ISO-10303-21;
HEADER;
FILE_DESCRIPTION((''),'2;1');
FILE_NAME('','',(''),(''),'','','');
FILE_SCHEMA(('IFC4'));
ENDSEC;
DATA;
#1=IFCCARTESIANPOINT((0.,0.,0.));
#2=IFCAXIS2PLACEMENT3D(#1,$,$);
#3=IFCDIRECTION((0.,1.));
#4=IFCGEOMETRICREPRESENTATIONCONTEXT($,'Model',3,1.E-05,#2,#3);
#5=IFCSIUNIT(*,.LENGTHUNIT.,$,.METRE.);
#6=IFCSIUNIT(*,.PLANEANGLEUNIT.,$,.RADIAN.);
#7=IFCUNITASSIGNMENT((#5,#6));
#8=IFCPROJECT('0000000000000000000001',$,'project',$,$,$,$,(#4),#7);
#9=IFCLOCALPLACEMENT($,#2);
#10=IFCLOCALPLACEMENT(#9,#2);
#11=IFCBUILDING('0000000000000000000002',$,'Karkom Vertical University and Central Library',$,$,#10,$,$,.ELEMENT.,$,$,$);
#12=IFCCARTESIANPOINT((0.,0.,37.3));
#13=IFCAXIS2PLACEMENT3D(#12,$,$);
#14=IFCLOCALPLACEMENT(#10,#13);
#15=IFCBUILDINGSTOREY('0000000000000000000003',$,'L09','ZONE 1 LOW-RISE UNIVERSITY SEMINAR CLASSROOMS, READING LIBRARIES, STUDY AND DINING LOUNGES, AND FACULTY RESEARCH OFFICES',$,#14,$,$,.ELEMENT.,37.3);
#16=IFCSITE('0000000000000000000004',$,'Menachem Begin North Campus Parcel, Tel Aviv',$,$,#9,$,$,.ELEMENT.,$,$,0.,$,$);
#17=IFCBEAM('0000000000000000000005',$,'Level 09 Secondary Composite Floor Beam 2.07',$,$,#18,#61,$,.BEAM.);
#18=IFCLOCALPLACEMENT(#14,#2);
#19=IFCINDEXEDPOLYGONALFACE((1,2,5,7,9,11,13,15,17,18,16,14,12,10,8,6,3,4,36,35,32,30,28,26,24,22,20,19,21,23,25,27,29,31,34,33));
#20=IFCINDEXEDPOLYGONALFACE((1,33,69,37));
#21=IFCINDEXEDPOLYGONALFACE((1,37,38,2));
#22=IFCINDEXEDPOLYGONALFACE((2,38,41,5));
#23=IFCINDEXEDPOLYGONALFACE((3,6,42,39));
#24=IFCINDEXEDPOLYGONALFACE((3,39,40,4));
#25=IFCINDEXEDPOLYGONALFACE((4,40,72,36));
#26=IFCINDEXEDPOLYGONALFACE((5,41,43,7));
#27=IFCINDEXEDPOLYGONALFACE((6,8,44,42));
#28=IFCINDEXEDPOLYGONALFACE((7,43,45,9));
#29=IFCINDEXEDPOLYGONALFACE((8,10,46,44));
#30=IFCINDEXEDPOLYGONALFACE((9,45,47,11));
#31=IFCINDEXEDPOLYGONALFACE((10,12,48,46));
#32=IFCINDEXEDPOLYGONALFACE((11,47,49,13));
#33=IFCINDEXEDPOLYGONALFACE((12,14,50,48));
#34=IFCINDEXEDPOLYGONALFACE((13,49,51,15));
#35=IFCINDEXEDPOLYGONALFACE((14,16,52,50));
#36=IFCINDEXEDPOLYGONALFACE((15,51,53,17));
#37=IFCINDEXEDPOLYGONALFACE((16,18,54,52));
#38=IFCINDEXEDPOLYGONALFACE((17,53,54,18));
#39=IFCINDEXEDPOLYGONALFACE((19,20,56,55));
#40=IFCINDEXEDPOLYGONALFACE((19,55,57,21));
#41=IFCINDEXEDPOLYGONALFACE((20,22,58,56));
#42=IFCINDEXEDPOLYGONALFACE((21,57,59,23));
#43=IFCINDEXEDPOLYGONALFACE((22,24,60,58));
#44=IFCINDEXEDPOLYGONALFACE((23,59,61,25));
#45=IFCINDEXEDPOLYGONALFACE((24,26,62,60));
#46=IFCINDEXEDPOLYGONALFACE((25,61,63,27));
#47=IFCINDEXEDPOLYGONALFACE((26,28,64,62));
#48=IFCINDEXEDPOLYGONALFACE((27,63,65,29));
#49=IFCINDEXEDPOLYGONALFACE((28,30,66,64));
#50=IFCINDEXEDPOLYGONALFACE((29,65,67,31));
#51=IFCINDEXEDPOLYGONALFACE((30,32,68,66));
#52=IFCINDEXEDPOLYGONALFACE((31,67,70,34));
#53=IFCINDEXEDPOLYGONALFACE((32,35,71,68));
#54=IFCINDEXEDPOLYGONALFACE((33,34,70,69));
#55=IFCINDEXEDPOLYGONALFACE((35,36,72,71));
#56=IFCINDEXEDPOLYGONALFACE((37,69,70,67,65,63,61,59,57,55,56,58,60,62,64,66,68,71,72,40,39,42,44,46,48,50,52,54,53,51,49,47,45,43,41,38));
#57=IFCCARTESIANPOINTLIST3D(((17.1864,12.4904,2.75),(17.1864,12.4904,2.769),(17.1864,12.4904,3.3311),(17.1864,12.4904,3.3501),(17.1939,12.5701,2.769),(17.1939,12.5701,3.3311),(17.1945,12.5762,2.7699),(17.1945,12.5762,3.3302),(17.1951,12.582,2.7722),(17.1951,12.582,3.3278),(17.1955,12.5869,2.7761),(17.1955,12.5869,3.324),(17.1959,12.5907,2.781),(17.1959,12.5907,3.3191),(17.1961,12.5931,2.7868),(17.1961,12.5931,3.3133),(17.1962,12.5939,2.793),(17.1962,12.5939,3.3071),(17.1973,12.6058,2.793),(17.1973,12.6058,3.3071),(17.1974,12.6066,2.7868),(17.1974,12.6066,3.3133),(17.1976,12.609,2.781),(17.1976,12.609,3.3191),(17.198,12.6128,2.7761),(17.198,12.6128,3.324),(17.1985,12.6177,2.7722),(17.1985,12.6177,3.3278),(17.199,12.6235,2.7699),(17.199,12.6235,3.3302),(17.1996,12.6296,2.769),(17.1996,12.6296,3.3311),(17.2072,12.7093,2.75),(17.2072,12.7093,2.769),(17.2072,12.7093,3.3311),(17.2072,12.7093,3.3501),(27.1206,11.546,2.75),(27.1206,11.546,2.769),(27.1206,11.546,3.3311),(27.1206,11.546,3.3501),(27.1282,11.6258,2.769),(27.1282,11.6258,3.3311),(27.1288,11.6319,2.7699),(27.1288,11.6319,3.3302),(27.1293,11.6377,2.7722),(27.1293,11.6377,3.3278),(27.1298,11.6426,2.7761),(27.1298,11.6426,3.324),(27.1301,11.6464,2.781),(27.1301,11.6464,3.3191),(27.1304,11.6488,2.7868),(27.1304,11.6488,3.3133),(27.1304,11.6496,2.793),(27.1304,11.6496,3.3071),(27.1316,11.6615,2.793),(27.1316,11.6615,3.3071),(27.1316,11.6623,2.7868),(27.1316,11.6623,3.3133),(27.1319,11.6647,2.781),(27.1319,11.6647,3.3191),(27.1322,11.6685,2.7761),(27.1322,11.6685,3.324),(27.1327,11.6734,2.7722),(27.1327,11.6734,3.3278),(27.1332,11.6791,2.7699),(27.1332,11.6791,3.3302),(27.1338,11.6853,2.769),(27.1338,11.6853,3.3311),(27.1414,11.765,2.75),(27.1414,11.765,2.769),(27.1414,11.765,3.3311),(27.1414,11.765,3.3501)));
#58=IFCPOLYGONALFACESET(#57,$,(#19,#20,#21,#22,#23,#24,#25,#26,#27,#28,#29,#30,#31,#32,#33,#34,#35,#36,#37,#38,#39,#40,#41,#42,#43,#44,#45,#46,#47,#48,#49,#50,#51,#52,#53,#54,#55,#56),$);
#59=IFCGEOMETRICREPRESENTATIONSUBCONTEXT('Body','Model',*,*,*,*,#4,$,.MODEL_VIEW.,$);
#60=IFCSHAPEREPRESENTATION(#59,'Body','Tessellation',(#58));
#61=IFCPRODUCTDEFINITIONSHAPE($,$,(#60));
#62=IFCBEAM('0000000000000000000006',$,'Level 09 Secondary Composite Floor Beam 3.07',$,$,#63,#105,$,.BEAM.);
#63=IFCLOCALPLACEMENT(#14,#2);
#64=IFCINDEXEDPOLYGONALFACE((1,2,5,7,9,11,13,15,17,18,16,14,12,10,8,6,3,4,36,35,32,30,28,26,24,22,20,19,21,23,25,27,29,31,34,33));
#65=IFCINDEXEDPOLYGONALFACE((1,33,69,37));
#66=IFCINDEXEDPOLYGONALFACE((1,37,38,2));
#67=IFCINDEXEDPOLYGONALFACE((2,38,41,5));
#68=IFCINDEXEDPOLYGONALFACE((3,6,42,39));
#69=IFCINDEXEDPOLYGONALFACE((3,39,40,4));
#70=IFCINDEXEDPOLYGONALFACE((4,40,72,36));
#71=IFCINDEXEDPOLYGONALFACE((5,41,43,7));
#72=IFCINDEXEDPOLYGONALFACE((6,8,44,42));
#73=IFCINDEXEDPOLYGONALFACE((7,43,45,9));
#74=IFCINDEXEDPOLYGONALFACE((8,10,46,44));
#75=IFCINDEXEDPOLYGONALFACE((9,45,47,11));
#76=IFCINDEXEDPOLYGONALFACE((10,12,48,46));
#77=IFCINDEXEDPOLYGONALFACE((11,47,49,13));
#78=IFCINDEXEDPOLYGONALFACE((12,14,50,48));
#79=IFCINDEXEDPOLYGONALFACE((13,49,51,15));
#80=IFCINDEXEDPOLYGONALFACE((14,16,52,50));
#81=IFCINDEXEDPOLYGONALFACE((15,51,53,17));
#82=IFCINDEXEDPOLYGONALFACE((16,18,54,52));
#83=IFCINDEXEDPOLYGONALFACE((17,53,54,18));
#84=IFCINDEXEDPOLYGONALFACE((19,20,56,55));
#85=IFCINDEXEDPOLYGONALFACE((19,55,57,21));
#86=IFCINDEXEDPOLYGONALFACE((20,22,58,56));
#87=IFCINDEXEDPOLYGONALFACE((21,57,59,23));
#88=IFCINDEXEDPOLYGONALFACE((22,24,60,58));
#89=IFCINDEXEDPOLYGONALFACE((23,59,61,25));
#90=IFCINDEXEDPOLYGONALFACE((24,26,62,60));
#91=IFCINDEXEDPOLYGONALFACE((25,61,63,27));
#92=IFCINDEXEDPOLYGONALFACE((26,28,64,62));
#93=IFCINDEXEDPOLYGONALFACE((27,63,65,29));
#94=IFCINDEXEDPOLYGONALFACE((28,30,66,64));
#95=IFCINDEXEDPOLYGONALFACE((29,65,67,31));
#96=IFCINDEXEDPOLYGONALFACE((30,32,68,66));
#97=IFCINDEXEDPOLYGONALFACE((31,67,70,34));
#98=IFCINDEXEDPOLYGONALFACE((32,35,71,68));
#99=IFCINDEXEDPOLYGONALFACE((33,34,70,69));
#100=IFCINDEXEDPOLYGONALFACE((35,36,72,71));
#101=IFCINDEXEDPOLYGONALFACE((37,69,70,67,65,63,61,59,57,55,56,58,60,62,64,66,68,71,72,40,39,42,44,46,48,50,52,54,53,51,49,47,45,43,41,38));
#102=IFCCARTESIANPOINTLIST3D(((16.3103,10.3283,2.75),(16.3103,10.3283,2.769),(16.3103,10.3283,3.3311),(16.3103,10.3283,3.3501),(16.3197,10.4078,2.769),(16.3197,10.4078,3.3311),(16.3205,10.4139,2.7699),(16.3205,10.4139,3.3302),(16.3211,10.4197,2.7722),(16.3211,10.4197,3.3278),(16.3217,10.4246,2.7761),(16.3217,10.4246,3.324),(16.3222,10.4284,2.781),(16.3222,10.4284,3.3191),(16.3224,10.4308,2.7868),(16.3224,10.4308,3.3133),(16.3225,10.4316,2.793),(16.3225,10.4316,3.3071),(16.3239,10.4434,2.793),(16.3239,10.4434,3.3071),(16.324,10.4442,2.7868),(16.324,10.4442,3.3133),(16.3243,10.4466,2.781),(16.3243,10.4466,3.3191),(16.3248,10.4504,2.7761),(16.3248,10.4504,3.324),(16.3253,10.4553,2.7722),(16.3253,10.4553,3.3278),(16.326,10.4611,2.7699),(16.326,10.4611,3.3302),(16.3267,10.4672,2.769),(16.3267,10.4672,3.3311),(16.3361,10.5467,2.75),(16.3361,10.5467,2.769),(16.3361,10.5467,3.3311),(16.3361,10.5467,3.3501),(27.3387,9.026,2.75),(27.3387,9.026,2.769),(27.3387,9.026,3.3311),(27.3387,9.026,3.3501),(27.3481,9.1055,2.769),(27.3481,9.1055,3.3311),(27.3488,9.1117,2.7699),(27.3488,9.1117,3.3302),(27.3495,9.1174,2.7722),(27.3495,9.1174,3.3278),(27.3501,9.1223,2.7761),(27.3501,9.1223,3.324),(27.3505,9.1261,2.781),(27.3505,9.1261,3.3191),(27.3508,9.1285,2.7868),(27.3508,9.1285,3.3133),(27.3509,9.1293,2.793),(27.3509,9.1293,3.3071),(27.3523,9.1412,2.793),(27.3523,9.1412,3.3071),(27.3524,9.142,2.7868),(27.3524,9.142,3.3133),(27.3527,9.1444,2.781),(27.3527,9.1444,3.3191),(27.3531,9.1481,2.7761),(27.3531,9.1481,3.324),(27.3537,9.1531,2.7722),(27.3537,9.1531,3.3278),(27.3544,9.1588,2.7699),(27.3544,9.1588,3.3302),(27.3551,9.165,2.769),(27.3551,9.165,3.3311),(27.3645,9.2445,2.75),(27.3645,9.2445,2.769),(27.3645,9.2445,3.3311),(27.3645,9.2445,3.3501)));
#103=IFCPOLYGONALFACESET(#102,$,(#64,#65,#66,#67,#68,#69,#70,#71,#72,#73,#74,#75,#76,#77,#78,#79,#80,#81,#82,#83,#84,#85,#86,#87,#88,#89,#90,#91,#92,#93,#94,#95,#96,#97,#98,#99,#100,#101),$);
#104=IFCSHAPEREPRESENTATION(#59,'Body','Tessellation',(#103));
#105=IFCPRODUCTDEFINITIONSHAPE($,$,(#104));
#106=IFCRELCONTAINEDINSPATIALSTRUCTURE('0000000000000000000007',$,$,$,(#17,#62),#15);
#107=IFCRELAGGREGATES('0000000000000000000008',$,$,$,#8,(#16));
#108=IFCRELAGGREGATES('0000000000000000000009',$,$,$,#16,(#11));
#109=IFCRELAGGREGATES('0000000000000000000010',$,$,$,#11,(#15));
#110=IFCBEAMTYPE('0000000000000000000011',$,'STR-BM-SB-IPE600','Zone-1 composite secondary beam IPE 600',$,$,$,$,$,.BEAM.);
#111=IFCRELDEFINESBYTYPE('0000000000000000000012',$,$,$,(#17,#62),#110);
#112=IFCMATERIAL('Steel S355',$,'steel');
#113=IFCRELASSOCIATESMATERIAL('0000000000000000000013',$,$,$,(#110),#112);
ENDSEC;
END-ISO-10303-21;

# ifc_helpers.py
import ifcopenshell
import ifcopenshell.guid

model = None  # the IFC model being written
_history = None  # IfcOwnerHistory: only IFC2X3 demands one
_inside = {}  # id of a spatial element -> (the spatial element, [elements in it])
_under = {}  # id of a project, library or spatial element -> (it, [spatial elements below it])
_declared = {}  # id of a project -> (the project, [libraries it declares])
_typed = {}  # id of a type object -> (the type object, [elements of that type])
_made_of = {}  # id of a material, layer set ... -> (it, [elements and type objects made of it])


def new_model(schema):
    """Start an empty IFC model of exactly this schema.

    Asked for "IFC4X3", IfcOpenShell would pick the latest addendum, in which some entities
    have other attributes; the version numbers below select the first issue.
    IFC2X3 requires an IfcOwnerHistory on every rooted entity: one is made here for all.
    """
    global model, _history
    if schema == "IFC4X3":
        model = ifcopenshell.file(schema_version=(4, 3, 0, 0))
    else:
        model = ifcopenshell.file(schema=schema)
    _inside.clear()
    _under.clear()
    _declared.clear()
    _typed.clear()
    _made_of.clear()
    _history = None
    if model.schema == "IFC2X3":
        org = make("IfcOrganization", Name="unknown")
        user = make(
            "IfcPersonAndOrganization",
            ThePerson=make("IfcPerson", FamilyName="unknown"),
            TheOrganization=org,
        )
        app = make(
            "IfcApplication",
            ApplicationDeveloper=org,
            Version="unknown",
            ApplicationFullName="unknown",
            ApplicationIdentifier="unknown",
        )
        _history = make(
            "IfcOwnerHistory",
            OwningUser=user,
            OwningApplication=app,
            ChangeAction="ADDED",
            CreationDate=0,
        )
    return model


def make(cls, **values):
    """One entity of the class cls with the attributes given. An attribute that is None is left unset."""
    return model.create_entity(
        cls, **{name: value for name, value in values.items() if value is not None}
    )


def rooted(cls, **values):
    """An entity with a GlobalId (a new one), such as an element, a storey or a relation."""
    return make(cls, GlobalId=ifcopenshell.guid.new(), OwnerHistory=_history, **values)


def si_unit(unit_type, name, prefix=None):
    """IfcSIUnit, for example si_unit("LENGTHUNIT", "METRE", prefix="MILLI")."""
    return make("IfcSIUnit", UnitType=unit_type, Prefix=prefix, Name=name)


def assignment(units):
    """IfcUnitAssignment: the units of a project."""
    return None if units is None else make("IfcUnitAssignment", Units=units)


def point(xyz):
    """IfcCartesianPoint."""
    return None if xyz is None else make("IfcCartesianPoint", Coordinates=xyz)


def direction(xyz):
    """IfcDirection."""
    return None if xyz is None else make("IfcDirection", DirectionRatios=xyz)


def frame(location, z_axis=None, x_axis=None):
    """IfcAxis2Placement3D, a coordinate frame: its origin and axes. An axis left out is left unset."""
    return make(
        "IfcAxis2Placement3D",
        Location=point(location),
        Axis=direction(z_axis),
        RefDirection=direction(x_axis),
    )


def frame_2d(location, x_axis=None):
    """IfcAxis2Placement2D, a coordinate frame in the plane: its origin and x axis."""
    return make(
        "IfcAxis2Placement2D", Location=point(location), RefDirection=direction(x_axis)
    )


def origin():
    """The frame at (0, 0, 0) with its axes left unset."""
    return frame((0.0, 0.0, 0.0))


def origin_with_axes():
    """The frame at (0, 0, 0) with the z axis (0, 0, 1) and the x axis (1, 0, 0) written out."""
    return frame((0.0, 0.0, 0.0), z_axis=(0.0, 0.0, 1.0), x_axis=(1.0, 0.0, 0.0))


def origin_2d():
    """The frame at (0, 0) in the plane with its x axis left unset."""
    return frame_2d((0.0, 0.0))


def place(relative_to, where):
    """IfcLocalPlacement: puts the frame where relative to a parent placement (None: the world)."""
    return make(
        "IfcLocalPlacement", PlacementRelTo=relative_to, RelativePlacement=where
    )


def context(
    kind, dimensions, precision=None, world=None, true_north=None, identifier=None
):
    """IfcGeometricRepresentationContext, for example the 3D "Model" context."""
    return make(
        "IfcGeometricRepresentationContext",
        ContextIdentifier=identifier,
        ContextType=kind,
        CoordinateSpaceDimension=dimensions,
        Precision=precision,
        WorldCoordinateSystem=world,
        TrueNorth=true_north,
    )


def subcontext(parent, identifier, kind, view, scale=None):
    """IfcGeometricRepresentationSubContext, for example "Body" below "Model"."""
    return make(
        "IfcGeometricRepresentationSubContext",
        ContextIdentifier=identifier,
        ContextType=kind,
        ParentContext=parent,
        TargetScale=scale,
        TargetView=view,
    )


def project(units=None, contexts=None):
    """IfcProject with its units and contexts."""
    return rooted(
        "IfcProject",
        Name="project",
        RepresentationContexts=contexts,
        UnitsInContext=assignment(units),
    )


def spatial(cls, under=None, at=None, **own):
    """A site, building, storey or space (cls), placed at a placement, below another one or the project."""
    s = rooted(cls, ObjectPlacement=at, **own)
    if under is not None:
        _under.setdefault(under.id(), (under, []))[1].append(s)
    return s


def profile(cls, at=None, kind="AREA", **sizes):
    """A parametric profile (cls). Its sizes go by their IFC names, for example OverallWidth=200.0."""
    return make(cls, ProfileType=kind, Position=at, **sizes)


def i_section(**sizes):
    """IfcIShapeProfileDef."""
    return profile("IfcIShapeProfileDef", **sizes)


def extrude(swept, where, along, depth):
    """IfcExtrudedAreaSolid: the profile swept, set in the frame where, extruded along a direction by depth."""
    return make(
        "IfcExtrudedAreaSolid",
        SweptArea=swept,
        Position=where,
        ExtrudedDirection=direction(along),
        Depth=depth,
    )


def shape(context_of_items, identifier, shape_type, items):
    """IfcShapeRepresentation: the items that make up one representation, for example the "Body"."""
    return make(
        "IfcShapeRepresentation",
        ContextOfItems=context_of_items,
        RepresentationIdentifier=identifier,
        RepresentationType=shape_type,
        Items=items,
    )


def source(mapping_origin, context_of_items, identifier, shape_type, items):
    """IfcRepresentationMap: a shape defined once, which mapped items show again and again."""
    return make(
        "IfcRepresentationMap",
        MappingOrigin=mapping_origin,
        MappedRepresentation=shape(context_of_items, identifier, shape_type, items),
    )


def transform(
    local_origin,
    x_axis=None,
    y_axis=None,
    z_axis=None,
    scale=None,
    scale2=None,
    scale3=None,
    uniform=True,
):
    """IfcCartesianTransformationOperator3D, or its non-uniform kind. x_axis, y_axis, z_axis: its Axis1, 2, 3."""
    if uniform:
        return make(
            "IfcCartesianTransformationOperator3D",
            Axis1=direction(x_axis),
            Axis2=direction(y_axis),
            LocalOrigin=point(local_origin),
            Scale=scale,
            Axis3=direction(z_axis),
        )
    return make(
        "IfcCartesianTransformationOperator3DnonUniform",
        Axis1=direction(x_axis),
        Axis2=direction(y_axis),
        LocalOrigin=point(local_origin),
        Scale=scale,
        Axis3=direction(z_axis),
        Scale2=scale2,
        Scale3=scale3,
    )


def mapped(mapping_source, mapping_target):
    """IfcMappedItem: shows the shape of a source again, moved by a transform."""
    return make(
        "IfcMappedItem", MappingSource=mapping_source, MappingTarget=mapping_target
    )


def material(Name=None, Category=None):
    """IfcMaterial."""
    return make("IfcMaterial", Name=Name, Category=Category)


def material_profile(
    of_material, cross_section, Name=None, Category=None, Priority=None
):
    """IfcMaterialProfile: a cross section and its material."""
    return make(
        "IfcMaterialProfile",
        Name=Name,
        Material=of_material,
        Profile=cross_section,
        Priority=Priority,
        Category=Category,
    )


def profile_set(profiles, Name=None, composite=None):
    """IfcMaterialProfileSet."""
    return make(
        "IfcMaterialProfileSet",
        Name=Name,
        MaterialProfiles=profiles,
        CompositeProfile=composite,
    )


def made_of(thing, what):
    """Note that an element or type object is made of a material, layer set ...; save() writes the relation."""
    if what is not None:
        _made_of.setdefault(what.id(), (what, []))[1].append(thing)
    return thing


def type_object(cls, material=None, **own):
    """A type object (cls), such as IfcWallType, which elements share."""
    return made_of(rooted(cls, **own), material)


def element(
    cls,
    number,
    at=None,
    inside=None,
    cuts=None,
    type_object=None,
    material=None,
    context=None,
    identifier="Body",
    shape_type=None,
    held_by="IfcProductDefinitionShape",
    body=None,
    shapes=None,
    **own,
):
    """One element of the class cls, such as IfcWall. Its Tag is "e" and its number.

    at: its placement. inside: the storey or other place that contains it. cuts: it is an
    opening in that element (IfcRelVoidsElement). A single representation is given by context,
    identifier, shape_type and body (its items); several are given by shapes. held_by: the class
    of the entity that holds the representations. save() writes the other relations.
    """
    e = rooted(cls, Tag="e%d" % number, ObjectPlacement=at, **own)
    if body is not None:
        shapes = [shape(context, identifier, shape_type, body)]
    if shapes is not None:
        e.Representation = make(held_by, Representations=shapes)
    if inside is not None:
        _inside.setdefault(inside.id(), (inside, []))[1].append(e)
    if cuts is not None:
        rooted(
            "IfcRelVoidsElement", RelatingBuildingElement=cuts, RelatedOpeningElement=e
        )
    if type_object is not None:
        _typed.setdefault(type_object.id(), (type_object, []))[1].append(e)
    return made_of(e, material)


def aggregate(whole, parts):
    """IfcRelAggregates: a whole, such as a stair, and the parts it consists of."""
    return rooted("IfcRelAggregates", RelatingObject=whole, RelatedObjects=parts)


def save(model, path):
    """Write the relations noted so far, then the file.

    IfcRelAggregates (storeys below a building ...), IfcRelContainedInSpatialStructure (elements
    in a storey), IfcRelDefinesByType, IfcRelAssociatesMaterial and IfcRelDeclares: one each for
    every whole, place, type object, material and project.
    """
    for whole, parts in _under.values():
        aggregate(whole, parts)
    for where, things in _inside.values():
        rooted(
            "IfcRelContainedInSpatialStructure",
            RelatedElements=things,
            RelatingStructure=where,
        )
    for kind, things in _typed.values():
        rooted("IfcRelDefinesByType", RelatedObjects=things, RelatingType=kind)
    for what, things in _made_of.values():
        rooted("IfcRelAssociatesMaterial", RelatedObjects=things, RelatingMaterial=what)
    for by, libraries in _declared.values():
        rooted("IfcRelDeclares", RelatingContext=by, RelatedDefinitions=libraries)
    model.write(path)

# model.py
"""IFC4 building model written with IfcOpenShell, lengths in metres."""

from ifc_helpers import new_model, si_unit, direction, frame, origin, origin_with_axes, origin_2d, place, context, subcontext, project, spatial, i_section, extrude, source, transform, mapped, material, material_profile, profile_set, type_object, element, save


model = new_model("IFC4")

# Units and contexts
model_context = context("Model", 3, precision=1e-05, world=origin(), true_north=direction((0.0, 1.0)))
body_context = subcontext(model_context, "Body", "Model", "MODEL_VIEW")
ifc_project = project(units=[si_unit("LENGTHUNIT", "METRE"), si_unit("PLANEANGLEUNIT", "RADIAN")], contexts=[model_context])

# Site, building, storey
site_placement = place(None, origin())
site = spatial("IfcSite", under=ifc_project, at=site_placement, Name="Menachem Begin North Campus Parcel, Tel Aviv", CompositionType="ELEMENT", RefElevation=0.0)
building_placement = place(site_placement, origin())
building = spatial("IfcBuilding", under=site, at=building_placement, Name="Karkom Vertical University and Central Library", CompositionType="ELEMENT")
storey_placement = place(building_placement, frame((0.0, 0.0, 37.3)))
storey = spatial("IfcBuildingStorey", under=building, at=storey_placement, Name="L09", Description="ZONE 1 LOW-RISE UNIVERSITY SEMINAR CLASSROOMS, READING LIBRARIES, STUDY AND DINING LOUNGES, AND FACULTY RESEARCH OFFICES", CompositionType="ELEMENT", Elevation=37.3)

# Beams
ifc_material_1 = material(Name="Steel S355", Category="steel")
ifc_material_profile_1 = material_profile(ifc_material_1, i_section(OverallWidth=0.22, OverallDepth=0.6001, WebThickness=0.012, FlangeThickness=0.019, FilletRadius=0.0239, at=origin_2d()), Name="IPE 600")
ifc_profile_set_1 = profile_set([ifc_material_profile_1], Name="Steel S355")
beam_type_1 = type_object("IfcBeamType", Name="STR-BM-SB-IPE600", Description="Zone-1 composite secondary beam IPE 600", PredefinedType="BEAM", material=ifc_profile_set_1)
shared_shape_1 = source(origin_with_axes(), body_context, "Body", "SweptSolid", [
    extrude(i_section(OverallWidth=0.22, OverallDepth=0.6001, WebThickness=0.012, FlangeThickness=0.019, FilletRadius=0.0239, at=origin_2d()), origin(), (0.0, 0.0, 1.0), 9.979),
])
beam_1_placement = place(storey_placement, frame((17.1968, 12.5999, 3.05), z_axis=(0.995512, -0.094631, 0.0), x_axis=(0.094631, 0.995512, 0.0)))
element("IfcBeam", 1, at=beam_1_placement, inside=storey, type_object=beam_type_1, Name="Level 09 Secondary Composite Floor Beam 2.07", PredefinedType="BEAM", context=body_context, shape_type="MappedRepresentation", body=[
    mapped(shared_shape_1, transform((0.0, 0.0, 0.0), scale=1.0)),
])
shared_shape_2 = source(origin_with_axes(), body_context, "Body", "SweptSolid", [
    extrude(i_section(OverallWidth=0.22, OverallDepth=0.6001, WebThickness=0.012, FlangeThickness=0.019, FilletRadius=0.0239, at=origin_2d()), origin(), (0.0, 0.0, 1.0), 11.105),
])
beam_2_placement = place(storey_placement, frame((16.3232, 10.4375, 3.05), z_axis=(0.9931, -0.117267, 0.0), x_axis=(0.117267, 0.9931, 0.0)))
element("IfcBeam", 2, at=beam_2_placement, inside=storey, type_object=beam_type_1, Name="Level 09 Secondary Composite Floor Beam 3.07", PredefinedType="BEAM", context=body_context, shape_type="MappedRepresentation", body=[
    mapped(shared_shape_2, transform((0.0, 0.0, 0.0), scale=1.0)),
])

save(model, "model.ifc")
